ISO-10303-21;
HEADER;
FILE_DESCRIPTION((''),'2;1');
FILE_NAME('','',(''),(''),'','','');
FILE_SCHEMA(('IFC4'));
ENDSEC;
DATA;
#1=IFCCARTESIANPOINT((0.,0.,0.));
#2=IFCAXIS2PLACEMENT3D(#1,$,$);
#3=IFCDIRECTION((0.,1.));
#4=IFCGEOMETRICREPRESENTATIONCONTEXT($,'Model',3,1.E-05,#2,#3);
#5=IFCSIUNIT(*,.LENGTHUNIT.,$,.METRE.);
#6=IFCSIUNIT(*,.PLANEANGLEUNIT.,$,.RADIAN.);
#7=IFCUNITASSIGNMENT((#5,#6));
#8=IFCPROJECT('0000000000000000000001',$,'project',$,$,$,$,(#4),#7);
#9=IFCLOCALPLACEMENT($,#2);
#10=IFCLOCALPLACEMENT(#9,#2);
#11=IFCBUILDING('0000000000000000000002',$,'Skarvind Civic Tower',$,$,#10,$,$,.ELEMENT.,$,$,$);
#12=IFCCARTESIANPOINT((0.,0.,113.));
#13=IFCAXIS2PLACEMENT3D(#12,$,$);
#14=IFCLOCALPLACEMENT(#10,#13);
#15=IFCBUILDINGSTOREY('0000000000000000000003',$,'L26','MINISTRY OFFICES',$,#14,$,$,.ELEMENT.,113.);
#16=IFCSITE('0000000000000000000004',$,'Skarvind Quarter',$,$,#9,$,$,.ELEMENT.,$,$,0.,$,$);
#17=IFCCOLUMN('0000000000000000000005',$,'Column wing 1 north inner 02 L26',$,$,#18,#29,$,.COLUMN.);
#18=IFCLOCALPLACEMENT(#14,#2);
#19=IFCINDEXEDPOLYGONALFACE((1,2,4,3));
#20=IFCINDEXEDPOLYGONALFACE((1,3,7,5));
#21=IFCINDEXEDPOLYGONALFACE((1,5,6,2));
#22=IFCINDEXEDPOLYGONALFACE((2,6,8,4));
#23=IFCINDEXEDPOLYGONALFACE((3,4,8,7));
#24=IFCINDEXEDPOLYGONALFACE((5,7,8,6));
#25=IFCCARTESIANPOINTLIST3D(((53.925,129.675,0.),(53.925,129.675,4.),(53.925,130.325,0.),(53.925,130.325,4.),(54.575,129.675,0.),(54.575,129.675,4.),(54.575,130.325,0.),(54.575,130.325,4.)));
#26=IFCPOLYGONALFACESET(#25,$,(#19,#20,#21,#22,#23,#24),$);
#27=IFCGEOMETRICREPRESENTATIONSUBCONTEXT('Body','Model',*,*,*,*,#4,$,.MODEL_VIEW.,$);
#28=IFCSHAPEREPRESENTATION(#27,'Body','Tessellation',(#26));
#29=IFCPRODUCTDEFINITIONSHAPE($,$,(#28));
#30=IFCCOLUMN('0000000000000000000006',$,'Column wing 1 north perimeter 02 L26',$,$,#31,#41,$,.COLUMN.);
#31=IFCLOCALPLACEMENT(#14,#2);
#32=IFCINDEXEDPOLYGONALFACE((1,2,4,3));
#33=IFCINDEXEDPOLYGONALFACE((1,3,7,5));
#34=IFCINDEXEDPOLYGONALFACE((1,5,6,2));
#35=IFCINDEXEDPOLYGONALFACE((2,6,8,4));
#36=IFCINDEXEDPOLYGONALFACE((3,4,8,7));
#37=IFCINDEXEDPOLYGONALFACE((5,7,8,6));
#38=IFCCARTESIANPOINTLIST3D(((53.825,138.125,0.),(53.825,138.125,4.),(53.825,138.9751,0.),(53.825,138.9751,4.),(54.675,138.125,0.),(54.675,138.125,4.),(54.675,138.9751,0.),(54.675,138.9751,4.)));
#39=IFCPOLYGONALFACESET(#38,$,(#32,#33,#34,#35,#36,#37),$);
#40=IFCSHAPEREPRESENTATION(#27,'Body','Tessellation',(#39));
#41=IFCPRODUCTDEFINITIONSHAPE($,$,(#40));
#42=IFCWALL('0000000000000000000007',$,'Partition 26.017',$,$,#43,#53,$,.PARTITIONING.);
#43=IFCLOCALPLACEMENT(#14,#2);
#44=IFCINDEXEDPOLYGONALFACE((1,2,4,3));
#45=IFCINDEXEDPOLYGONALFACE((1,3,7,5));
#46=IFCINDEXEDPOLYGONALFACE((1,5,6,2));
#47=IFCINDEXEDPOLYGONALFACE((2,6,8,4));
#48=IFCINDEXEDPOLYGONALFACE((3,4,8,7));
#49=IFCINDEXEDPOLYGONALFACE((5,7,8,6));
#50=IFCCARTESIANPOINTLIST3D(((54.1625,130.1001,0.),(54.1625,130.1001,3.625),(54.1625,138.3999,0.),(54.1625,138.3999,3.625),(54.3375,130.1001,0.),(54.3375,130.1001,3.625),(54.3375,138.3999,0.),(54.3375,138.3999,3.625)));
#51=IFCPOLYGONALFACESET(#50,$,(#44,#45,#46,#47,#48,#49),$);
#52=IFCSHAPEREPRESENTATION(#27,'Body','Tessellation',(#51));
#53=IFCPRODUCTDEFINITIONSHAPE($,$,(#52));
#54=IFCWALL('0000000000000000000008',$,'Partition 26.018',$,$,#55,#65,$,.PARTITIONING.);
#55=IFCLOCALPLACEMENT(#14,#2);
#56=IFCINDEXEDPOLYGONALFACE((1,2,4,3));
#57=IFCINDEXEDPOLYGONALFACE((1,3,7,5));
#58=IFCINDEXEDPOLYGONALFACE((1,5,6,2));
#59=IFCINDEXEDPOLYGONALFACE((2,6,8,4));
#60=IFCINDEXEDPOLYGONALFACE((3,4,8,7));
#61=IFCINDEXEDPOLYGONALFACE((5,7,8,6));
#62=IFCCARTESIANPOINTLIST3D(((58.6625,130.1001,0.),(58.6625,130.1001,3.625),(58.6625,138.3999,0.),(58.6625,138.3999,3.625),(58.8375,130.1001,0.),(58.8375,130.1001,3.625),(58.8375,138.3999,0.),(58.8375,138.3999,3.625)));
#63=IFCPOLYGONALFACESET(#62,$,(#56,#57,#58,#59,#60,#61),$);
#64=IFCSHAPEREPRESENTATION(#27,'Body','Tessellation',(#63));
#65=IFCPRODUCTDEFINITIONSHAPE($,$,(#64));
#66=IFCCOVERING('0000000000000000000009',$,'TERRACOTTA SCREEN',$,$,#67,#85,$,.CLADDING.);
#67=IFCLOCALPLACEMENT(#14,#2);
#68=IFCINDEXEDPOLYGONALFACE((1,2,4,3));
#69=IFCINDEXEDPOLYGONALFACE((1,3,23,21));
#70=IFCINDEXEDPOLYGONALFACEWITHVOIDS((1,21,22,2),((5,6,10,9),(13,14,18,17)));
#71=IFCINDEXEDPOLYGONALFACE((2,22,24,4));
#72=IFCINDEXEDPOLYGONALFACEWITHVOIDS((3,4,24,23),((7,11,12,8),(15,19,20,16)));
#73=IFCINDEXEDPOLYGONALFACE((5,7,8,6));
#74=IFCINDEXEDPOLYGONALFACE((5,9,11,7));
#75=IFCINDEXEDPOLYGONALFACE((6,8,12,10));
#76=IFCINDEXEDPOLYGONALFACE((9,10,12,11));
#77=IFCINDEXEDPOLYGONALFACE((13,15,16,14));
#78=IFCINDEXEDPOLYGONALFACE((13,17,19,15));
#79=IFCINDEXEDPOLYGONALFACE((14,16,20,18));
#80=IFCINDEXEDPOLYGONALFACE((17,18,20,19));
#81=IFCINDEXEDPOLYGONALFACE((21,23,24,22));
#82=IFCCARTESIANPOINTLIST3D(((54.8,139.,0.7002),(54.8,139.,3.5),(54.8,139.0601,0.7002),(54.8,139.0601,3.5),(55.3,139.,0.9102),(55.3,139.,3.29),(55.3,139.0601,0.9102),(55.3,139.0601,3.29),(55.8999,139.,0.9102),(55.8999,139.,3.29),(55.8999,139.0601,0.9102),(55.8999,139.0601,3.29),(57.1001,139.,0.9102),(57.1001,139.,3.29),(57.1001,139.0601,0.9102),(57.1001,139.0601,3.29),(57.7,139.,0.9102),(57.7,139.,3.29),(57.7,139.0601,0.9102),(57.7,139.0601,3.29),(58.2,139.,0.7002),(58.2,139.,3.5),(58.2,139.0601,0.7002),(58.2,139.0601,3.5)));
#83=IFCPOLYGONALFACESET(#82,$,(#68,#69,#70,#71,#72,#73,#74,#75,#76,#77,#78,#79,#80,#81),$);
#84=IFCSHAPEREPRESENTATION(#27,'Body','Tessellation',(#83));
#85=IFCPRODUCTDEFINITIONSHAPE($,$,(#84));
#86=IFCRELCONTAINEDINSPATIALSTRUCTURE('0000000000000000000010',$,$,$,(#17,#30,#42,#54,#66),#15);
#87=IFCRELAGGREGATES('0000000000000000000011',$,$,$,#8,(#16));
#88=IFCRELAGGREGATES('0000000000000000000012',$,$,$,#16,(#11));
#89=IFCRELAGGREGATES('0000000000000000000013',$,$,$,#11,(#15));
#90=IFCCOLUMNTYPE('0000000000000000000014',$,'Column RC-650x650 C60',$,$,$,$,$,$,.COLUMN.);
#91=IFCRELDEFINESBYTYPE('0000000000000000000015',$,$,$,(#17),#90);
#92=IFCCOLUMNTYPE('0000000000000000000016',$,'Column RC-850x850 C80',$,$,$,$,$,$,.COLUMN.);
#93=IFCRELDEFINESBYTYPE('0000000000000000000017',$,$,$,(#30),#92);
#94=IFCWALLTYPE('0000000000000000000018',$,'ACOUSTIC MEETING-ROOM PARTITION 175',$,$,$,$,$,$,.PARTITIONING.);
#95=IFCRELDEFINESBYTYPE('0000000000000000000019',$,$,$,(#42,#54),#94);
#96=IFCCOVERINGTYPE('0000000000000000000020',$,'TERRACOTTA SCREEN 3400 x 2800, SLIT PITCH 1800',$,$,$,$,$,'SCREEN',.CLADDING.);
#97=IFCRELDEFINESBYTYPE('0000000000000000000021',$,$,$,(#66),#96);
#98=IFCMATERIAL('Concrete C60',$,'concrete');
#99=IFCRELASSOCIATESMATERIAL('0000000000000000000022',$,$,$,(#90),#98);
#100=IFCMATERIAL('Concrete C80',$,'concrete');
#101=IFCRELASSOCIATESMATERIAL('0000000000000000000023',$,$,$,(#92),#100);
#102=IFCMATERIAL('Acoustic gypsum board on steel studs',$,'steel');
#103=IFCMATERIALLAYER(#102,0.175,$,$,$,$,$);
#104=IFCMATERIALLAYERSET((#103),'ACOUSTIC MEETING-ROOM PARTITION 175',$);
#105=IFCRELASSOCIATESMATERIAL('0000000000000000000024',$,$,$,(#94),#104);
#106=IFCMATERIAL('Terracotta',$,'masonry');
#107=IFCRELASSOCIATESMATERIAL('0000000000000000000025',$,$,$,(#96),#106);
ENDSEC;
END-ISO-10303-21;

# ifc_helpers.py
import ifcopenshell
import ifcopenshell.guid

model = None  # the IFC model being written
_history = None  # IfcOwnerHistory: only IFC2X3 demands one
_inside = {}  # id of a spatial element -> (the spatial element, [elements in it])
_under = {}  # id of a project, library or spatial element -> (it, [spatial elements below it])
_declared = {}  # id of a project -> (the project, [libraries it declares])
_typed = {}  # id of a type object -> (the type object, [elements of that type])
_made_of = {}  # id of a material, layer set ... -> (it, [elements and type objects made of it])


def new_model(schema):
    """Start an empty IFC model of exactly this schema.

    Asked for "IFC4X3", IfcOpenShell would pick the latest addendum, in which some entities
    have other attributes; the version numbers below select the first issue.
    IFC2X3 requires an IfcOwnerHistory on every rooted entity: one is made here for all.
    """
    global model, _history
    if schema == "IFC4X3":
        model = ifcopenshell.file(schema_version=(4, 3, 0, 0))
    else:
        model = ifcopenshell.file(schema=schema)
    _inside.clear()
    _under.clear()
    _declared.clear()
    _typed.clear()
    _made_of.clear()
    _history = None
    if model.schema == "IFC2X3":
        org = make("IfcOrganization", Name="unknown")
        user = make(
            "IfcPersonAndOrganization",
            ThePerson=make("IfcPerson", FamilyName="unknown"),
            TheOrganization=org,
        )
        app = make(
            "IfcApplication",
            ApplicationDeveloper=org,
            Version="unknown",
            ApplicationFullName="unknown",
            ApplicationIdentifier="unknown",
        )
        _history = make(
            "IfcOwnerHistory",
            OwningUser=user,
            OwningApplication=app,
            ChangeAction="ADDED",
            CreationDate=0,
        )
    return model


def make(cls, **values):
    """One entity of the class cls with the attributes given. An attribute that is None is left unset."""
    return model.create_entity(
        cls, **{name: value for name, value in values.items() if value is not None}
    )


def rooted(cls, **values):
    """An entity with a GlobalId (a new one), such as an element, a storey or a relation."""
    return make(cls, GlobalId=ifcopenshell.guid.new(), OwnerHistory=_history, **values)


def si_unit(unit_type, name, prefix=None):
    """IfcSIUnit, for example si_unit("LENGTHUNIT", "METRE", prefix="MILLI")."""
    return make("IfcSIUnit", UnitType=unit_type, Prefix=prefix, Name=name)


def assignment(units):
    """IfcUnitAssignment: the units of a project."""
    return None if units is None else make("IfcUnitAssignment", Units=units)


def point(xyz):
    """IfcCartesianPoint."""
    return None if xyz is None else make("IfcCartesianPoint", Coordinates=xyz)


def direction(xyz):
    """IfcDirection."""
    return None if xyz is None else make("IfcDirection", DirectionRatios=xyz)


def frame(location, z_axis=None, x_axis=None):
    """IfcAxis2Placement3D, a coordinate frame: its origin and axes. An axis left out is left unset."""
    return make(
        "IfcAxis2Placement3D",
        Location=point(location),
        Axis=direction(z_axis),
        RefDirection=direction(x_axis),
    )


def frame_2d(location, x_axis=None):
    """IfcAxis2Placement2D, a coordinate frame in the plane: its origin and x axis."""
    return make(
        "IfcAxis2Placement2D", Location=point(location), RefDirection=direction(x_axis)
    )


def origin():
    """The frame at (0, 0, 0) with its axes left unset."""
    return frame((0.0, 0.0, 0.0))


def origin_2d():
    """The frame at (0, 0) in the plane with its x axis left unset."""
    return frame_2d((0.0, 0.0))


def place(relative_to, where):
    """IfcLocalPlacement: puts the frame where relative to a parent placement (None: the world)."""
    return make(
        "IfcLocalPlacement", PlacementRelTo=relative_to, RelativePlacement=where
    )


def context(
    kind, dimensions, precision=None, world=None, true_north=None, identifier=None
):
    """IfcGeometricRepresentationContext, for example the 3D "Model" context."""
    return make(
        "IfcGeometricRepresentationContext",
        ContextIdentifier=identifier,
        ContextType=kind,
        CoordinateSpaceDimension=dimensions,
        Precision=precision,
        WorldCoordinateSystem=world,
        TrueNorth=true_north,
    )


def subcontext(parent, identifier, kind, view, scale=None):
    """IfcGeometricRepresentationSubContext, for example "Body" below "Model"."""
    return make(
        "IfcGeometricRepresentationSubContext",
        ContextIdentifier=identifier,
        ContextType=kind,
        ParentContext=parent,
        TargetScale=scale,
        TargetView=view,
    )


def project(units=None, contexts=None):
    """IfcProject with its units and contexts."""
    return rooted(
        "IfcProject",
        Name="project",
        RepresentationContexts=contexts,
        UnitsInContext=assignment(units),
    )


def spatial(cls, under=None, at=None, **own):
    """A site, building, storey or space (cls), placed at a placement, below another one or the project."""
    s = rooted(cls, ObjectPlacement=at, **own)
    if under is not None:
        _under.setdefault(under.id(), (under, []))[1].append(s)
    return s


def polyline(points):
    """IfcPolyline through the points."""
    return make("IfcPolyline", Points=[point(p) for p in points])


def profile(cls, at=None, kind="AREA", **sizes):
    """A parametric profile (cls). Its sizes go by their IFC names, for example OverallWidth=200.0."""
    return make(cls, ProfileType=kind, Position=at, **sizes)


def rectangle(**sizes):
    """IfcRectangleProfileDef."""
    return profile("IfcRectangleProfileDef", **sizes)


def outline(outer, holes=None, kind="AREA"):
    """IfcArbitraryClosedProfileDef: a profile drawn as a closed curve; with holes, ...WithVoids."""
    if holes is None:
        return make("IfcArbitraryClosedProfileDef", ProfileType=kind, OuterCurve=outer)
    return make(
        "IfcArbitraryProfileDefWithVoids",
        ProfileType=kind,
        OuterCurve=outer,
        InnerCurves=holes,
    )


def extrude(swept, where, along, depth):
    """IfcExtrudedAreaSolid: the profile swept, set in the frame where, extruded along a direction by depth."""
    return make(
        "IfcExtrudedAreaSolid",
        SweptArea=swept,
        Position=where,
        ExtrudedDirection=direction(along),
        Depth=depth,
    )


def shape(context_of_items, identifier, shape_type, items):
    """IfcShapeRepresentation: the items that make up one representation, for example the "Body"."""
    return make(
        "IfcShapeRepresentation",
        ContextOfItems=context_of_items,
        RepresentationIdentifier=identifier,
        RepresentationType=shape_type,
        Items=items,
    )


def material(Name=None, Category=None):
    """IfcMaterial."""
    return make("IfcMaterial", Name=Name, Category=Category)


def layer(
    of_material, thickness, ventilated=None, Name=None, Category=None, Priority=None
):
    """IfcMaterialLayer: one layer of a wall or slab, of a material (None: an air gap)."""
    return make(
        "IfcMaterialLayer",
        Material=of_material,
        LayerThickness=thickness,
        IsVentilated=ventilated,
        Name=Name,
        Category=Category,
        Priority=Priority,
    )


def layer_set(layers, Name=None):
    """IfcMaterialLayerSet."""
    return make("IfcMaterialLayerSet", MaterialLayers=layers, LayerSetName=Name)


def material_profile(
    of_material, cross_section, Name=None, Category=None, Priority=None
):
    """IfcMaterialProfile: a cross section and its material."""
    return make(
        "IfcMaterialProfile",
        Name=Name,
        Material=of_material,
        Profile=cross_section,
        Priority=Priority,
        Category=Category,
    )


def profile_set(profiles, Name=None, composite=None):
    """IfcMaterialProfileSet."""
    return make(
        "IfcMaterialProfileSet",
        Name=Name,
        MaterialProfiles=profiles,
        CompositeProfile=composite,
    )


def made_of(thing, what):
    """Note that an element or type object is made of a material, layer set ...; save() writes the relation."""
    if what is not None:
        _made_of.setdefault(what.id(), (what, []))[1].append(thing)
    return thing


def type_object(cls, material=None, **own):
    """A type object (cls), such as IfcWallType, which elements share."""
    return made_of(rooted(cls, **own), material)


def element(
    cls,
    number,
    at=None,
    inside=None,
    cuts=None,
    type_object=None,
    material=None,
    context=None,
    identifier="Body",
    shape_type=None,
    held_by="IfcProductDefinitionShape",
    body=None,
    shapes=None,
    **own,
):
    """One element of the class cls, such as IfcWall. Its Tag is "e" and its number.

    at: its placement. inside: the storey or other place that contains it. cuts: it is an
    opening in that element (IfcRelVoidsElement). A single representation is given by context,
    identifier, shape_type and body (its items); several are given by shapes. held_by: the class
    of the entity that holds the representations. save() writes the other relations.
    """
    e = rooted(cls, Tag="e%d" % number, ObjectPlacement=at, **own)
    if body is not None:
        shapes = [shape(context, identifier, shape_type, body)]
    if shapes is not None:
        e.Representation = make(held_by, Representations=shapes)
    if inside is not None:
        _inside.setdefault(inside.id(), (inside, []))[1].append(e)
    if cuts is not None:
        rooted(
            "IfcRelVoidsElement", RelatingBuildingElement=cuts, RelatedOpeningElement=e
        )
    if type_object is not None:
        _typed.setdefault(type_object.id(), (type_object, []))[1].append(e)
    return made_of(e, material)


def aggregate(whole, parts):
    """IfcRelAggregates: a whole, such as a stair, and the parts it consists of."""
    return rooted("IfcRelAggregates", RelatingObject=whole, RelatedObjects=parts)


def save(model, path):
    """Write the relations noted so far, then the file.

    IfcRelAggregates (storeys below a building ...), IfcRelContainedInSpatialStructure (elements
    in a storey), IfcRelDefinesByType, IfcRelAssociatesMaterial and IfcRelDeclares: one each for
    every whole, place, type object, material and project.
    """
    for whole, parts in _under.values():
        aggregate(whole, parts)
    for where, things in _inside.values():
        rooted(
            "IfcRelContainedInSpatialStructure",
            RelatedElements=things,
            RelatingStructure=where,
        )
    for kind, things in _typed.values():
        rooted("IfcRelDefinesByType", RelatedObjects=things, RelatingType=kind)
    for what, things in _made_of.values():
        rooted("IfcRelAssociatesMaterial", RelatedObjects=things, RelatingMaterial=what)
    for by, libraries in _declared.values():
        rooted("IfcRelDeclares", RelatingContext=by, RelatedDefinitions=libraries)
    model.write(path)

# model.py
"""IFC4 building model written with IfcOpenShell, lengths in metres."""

from ifc_helpers import new_model, si_unit, direction, frame, frame_2d, origin, origin_2d, place, context, subcontext, project, spatial, polyline, rectangle, outline, extrude, material, layer, layer_set, material_profile, profile_set, type_object, element, save


model = new_model("IFC4")

# Units and contexts
model_context = context("Model", 3, precision=1e-05, world=origin(), true_north=direction((0.0, 1.0)))
body_context = subcontext(model_context, "Body", "Model", "MODEL_VIEW")
ifc_project = project(units=[si_unit("LENGTHUNIT", "METRE"), si_unit("PLANEANGLEUNIT", "RADIAN")], contexts=[model_context])

# Site, building, storey
site_placement = place(None, origin())
site = spatial("IfcSite", under=ifc_project, at=site_placement, Name="Skarvind Quarter", CompositionType="ELEMENT", RefElevation=0.0)
building_placement = place(site_placement, origin())
building = spatial("IfcBuilding", under=site, at=building_placement, Name="Skarvind Civic Tower", CompositionType="ELEMENT")
storey_placement = place(building_placement, frame((0.0, 0.0, 113.0)))
storey = spatial("IfcBuildingStorey", under=building, at=storey_placement, Name="L26", Description="MINISTRY OFFICES", CompositionType="ELEMENT", Elevation=113.0)

# Columns
ifc_material_1 = material(Name="Concrete C60", Category="concrete")
ifc_material_profile_1 = material_profile(ifc_material_1, rectangle(XDim=0.6499, YDim=0.6499, at=origin_2d()), Name="RC-650x650")
ifc_profile_set_1 = profile_set([ifc_material_profile_1], Name="Concrete C60")
column_type_1 = type_object("IfcColumnType", Name="Column RC-650x650 C60", PredefinedType="COLUMN", material=ifc_profile_set_1)
column_1_placement = place(storey_placement, frame((54.25, 130.0, 0.0), z_axis=(0.0, 0.0, 1.0), x_axis=(1.0, 0.0, 0.0)))
element("IfcColumn", 1, at=column_1_placement, inside=storey, type_object=column_type_1, Name="Column wing 1 north inner 02 L26", PredefinedType="COLUMN", context=body_context, shape_type="SweptSolid", body=[
    extrude(rectangle(XDim=0.6499, YDim=0.6499, at=origin_2d()), origin(), (0.0, 0.0, 1.0), 4.0),
])
ifc_material_2 = material(Name="Concrete C80", Category="concrete")
ifc_material_profile_2 = material_profile(ifc_material_2, rectangle(XDim=0.8501, YDim=0.8501, at=origin_2d()), Name="RC-850x850")
ifc_profile_set_2 = profile_set([ifc_material_profile_2], Name="Concrete C80")
column_type_2 = type_object("IfcColumnType", Name="Column RC-850x850 C80", PredefinedType="COLUMN", material=ifc_profile_set_2)
column_2_placement = place(storey_placement, frame((54.25, 138.55, 0.0), z_axis=(0.0, 0.0, 1.0), x_axis=(1.0, 0.0, 0.0)))
element("IfcColumn", 2, at=column_2_placement, inside=storey, type_object=column_type_2, Name="Column wing 1 north perimeter 02 L26", PredefinedType="COLUMN", context=body_context, shape_type="SweptSolid", body=[
    extrude(rectangle(XDim=0.8501, YDim=0.8501, at=origin_2d()), origin(), (0.0, 0.0, 1.0), 4.0),
])

# Walls
ifc_material_3 = material(Name="Acoustic gypsum board on steel studs", Category="steel")
ifc_layer = layer(ifc_material_3, 0.175)
ifc_layer_set = layer_set([ifc_layer], Name="ACOUSTIC MEETING-ROOM PARTITION 175")
wall_type = type_object("IfcWallType", Name="ACOUSTIC MEETING-ROOM PARTITION 175", PredefinedType="PARTITIONING", material=ifc_layer_set)
for number, where, z_axis, x_axis, name in (
    (3, (54.25, 138.3999, 0.0), (0.0, 0.0, 1.0), (0.0, -1.0, 0.0), "Partition 26.017"),
    (4, (58.75, 130.1001, 0.0), (0.0, 0.0, 1.0), (0.0, 1.0, 0.0), "Partition 26.018"),
):
    element("IfcWall", number, at=place(storey_placement, frame(where, z_axis=z_axis, x_axis=x_axis)), inside=storey, type_object=wall_type, Name=name, PredefinedType="PARTITIONING", context=body_context, shape_type="SweptSolid", body=[
        extrude(rectangle(XDim=8.2998, YDim=0.175, at=frame_2d((4.1499, 0.0))), origin(), (0.0, 0.0, 1.0), 3.625),
    ])

# Covering
ifc_material_4 = material(Name="Terracotta", Category="masonry")
ifc_material_profile_3 = material_profile(ifc_material_4, outline(polyline([(-1.7, -1.3999), (1.7, -1.3999), (1.7, 1.3999), (-1.7, 1.3999), (-1.7, -1.3999)]), holes=[polyline([(-1.2, -1.1899), (-0.6001, -1.1899), (-0.6001, 1.1899), (-1.2, 1.1899), (-1.2, -1.1899)]), polyline([(0.6001, -1.1899), (1.2, -1.1899), (1.2, 1.1899), (0.6001, 1.1899), (0.6001, -1.1899)])]), Name="TERRACOTTA SCREEN 3400 x 2800, SLIT PITCH 1800")
ifc_profile_set_3 = profile_set([ifc_material_profile_3], Name="Terracotta")
covering_type = type_object("IfcCoveringType", Name="TERRACOTTA SCREEN 3400 x 2800, SLIT PITCH 1800", ElementType="SCREEN", PredefinedType="CLADDING", material=ifc_profile_set_3)
covering_placement = place(storey_placement, frame((56.5, 139.0, 2.1001), z_axis=(0.0, 1.0, 0.0), x_axis=(-1.0, 0.0, 0.0)))
element("IfcCovering", 5, at=covering_placement, inside=storey, type_object=covering_type, Name="TERRACOTTA SCREEN", PredefinedType="CLADDING", context=body_context, shape_type="SweptSolid", body=[
    extrude(outline(polyline([(-1.7, -1.3999), (1.7, -1.3999), (1.7, 1.3999), (-1.7, 1.3999), (-1.7, -1.3999)]), holes=[polyline([(-1.2, -1.1899), (-0.6001, -1.1899), (-0.6001, 1.1899), (-1.2, 1.1899), (-1.2, -1.1899)]), polyline([(0.6001, -1.1899), (1.2, -1.1899), (1.2, 1.1899), (0.6001, 1.1899), (0.6001, -1.1899)])]), origin(), (0.0, 0.0, 1.0), 0.0601),
])

save(model, "model.ifc")
